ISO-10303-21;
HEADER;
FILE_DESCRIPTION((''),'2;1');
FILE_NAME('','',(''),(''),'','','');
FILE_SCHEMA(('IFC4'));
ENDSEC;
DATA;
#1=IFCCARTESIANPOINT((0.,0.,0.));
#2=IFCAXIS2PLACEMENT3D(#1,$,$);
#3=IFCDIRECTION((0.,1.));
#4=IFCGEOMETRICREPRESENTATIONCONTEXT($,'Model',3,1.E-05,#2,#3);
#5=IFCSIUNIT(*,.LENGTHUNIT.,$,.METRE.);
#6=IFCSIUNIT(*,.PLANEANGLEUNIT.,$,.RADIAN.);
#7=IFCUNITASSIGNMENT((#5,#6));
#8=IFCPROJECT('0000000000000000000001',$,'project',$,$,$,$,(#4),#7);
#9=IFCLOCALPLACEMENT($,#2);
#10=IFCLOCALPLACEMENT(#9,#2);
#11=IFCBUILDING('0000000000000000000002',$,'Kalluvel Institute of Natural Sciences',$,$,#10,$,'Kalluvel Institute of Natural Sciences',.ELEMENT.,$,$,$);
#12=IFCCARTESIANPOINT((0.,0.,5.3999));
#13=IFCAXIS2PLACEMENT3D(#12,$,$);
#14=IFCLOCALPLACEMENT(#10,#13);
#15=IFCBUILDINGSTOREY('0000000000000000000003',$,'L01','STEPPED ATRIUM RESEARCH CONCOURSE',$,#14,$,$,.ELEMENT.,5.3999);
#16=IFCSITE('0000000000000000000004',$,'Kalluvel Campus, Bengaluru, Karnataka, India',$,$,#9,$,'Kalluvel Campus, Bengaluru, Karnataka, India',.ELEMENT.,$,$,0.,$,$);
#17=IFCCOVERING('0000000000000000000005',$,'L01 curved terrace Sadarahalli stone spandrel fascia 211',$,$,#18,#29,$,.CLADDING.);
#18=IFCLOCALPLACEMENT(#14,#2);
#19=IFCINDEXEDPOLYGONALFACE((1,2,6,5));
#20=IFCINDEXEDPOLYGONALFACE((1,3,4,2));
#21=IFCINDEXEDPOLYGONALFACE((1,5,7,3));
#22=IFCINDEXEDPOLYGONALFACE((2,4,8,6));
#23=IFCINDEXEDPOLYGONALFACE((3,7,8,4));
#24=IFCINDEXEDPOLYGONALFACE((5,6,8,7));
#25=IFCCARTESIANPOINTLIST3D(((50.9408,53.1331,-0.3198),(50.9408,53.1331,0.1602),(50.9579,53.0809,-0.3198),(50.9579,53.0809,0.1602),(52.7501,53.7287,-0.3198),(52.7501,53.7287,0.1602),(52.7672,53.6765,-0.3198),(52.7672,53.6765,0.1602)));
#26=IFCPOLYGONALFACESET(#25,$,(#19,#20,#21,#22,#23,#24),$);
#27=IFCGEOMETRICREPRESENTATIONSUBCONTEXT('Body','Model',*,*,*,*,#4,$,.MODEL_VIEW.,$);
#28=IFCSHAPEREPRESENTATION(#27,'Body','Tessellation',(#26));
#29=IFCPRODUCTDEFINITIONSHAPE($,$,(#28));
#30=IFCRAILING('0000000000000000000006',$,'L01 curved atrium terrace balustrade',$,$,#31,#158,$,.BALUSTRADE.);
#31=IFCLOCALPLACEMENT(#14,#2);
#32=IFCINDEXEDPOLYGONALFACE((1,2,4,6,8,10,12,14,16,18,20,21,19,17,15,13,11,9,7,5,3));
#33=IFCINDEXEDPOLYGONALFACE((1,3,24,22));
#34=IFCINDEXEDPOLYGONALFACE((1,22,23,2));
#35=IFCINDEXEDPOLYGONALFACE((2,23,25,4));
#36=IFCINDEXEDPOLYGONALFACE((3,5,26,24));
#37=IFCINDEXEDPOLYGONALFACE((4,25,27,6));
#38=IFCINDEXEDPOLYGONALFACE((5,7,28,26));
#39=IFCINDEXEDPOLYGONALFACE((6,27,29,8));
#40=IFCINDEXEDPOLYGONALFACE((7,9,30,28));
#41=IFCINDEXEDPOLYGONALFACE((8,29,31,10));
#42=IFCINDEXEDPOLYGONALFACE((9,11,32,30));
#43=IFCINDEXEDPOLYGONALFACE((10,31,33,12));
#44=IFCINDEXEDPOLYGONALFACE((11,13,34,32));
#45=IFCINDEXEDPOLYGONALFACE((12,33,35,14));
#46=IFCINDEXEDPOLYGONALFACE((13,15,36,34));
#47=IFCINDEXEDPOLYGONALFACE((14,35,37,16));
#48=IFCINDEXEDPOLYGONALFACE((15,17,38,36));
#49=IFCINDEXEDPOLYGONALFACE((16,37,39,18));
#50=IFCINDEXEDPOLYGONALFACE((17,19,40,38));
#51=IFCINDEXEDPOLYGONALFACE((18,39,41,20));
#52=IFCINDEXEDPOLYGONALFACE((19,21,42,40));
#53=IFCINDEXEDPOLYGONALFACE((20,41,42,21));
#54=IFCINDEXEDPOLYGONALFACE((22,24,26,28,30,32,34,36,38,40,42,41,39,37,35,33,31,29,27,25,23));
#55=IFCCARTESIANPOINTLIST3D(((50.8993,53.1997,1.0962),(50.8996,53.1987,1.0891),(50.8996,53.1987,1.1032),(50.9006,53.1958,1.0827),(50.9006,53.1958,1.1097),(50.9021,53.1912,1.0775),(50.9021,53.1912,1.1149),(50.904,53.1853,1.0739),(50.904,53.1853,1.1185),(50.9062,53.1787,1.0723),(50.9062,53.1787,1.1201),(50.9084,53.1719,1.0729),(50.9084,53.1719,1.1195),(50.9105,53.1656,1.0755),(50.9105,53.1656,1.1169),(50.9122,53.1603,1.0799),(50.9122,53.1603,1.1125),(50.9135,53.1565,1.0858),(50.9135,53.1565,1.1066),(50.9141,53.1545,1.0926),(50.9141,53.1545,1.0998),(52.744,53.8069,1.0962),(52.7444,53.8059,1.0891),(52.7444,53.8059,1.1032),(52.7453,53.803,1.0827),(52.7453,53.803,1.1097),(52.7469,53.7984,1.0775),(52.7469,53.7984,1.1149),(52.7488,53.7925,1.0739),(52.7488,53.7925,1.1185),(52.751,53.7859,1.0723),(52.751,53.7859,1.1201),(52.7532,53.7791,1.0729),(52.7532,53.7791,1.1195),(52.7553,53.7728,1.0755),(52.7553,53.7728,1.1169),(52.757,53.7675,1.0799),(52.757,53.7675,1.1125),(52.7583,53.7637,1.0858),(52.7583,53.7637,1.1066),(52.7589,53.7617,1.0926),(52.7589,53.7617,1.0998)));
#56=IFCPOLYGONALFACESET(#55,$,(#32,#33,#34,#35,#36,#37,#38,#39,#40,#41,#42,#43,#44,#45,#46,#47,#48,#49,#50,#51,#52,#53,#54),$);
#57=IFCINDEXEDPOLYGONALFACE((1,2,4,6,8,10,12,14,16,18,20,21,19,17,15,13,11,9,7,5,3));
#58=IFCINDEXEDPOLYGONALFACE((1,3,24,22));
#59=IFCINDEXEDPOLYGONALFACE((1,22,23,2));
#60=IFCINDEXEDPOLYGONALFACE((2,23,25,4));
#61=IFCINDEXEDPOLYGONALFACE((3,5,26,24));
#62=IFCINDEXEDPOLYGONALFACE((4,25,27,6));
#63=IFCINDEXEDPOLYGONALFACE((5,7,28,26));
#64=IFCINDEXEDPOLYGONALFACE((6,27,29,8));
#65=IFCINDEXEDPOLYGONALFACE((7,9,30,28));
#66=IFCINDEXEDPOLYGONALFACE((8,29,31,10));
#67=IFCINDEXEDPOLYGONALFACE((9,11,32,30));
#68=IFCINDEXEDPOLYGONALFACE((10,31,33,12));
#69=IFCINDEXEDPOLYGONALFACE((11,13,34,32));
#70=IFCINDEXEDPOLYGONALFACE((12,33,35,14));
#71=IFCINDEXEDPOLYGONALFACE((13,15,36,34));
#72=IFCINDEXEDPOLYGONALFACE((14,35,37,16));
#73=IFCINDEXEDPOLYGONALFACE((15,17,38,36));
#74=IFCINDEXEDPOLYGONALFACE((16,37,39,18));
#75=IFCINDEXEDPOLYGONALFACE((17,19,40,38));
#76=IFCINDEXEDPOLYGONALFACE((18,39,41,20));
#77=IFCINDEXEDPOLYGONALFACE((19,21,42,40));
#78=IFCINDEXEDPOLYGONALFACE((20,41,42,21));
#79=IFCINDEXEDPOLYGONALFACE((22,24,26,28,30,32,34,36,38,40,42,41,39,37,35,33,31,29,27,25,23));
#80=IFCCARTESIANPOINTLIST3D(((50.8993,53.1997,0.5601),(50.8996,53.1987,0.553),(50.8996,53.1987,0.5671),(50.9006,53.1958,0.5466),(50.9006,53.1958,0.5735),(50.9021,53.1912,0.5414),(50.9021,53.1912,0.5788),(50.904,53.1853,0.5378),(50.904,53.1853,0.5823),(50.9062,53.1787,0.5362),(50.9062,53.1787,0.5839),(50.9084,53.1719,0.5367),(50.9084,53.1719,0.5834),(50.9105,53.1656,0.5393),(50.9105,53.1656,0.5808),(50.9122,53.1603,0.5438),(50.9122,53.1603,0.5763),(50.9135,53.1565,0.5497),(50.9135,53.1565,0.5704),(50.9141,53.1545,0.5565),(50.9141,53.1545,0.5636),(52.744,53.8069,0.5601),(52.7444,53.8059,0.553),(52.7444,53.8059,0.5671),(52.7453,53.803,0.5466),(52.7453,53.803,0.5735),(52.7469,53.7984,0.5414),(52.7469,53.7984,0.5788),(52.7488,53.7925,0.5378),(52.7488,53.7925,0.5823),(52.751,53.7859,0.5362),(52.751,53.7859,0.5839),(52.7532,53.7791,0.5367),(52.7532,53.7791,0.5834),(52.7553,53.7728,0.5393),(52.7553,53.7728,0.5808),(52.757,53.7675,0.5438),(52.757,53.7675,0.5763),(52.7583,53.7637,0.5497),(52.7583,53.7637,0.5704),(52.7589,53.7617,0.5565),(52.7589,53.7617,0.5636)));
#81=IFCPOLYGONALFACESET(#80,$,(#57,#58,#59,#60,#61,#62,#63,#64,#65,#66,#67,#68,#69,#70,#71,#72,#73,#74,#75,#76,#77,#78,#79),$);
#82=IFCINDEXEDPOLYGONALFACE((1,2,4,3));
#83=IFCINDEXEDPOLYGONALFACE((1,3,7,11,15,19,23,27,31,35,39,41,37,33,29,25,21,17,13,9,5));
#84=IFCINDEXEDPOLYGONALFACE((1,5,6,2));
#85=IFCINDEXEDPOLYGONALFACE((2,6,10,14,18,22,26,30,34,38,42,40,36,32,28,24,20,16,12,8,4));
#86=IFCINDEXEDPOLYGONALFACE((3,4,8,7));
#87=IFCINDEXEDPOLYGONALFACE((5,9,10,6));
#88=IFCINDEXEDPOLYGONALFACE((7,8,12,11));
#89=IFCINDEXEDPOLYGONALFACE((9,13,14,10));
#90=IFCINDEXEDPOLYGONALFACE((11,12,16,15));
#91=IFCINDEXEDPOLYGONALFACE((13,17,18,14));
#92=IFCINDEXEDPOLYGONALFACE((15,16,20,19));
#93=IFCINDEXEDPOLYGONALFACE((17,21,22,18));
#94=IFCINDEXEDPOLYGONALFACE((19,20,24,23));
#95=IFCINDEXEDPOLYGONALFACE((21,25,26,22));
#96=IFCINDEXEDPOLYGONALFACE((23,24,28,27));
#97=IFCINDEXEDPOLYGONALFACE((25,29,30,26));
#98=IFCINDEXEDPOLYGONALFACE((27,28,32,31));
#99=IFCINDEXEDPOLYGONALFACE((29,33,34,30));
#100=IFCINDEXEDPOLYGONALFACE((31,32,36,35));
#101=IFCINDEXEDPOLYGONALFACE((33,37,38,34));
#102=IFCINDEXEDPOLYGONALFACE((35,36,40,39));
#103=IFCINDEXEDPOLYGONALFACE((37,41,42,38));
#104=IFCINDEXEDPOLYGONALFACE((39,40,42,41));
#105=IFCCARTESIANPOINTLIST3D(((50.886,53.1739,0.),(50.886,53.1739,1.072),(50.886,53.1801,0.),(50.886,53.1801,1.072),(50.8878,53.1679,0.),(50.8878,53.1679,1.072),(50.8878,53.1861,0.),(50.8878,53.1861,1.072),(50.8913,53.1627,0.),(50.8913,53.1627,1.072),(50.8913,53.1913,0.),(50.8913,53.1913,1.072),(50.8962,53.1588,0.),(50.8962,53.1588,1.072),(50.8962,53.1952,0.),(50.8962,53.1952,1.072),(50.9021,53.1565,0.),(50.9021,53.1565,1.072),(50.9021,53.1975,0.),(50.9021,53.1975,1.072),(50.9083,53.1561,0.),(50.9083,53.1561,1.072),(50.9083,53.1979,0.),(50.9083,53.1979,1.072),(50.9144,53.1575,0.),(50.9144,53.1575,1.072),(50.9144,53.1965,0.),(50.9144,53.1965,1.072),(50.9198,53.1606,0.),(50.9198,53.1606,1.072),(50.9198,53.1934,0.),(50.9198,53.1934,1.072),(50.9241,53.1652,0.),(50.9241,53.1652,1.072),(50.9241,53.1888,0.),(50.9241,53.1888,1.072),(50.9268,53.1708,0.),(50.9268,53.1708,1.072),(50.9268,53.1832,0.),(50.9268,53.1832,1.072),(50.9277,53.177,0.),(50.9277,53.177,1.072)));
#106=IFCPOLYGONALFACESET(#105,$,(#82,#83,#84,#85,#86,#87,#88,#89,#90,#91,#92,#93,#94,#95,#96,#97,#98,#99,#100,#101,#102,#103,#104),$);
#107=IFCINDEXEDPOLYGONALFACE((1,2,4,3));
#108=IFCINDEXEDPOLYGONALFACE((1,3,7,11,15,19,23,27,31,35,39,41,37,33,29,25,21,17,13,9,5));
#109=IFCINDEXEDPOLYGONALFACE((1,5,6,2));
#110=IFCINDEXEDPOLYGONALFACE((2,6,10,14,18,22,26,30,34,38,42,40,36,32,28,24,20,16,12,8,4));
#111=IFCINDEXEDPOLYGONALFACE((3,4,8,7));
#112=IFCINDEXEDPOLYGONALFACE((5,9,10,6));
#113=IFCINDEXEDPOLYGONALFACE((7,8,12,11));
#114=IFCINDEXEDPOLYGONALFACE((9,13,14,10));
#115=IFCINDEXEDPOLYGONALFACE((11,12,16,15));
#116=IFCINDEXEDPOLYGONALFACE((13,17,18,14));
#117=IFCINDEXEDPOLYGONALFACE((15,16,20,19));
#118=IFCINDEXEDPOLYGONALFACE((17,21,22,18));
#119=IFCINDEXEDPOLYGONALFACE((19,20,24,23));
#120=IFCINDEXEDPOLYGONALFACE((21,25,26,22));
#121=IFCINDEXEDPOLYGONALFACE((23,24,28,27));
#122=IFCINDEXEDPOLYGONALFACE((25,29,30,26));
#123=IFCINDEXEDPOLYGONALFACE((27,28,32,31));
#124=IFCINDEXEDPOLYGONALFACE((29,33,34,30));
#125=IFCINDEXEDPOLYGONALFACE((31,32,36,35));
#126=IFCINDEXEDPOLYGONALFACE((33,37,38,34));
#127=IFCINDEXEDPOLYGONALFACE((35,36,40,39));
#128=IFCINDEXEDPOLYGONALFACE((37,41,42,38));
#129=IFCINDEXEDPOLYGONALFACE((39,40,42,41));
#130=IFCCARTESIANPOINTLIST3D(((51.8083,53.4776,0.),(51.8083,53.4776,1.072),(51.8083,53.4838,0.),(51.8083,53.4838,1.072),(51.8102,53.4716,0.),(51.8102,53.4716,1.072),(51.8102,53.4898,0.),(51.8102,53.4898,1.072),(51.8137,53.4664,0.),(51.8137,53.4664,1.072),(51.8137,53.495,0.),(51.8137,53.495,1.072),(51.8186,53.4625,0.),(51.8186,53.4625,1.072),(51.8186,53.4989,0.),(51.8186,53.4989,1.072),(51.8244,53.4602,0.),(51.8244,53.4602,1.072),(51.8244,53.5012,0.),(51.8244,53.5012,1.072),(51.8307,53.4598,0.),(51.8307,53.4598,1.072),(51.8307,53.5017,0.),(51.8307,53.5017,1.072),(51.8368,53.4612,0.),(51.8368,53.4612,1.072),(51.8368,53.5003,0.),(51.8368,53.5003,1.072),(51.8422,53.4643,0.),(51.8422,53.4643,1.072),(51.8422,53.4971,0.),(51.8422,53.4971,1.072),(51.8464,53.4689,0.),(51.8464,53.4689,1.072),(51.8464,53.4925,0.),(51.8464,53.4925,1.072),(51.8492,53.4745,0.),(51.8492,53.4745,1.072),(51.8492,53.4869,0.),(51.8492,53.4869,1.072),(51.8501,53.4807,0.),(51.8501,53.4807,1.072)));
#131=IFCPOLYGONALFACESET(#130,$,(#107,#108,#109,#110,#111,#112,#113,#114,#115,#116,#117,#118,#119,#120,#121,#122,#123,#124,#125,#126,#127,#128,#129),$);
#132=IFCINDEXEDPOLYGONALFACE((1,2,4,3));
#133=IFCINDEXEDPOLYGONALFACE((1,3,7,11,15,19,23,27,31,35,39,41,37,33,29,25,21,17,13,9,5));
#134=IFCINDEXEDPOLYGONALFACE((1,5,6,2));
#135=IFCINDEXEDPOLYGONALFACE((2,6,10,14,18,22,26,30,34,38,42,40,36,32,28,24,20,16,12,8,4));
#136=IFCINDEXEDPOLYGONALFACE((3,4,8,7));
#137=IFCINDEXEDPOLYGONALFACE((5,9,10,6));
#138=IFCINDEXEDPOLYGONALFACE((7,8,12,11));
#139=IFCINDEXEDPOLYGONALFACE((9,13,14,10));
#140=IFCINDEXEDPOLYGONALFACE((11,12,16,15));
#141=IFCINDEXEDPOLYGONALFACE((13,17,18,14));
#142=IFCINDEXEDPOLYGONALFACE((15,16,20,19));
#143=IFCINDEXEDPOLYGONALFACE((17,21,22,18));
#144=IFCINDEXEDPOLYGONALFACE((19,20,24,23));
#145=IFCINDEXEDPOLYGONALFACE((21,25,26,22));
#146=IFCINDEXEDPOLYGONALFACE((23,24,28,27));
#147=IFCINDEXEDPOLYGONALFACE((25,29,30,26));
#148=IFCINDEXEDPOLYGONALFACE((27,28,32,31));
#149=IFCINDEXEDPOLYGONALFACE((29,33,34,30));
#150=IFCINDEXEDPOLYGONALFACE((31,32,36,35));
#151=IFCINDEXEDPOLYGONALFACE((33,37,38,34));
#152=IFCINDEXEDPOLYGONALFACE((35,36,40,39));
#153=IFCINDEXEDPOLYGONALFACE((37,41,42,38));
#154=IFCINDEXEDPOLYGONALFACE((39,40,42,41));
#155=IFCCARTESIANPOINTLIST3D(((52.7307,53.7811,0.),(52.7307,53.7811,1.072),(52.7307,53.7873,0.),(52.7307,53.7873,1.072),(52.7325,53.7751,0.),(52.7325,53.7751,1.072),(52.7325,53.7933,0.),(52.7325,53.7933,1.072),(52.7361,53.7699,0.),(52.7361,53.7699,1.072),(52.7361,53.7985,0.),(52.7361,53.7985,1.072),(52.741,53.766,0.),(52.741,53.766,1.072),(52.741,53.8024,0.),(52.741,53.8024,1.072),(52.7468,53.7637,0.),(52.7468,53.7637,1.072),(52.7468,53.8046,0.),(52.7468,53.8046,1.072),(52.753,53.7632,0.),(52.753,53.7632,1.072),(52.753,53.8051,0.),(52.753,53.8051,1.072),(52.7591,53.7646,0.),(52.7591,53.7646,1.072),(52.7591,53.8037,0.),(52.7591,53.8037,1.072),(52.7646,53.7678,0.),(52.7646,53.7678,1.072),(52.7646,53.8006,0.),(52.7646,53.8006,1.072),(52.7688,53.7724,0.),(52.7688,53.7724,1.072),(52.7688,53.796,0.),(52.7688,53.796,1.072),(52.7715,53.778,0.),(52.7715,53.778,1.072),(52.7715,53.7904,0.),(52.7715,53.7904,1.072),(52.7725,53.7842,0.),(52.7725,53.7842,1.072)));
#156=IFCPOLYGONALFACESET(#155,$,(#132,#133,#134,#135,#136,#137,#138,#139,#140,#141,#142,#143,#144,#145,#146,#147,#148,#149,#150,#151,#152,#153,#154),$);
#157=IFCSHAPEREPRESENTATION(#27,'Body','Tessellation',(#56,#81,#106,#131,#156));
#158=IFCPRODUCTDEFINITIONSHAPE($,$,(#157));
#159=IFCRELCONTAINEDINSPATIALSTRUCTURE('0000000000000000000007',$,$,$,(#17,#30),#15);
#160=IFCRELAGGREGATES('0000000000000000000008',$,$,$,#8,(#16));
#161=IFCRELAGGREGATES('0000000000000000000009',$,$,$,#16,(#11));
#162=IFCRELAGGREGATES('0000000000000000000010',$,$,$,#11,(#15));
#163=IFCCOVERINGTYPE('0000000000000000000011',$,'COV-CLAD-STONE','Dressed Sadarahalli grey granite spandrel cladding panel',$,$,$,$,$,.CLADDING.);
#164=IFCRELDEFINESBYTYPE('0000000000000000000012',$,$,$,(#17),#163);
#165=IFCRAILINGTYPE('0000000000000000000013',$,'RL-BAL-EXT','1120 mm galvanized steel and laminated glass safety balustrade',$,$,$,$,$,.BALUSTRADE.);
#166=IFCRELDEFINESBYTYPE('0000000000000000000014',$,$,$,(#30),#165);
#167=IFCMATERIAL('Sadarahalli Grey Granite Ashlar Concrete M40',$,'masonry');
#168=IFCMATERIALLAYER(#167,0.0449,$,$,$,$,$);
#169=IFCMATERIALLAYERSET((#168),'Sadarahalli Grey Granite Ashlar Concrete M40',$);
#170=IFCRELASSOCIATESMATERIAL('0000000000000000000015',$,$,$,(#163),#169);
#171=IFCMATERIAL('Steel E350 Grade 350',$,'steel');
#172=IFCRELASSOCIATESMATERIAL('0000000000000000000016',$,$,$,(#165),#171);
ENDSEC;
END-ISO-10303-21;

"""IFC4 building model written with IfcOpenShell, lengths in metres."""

from ifc_helpers import new_model, si_unit, direction, frame, origin, origin_2d, place, context, subcontext, project, spatial, rectangle, circle, extrude, material, layer, layer_set, type_object, element, save


model = new_model("IFC4")

# Units and contexts
model_context = context("Model", 3, precision=1e-05, world=origin(), true_north=direction((0.0, 1.0)))
body_context = subcontext(model_context, "Body", "Model", "MODEL_VIEW")
ifc_project = project(units=[si_unit("LENGTHUNIT", "METRE"), si_unit("PLANEANGLEUNIT", "RADIAN")], contexts=[model_context])

# Site, building, storey
site_placement = place(None, origin())
site = spatial("IfcSite", under=ifc_project, at=site_placement, Name="Kalluvel Campus, Bengaluru, Karnataka, India", LongName="Kalluvel Campus, Bengaluru, Karnataka, India", CompositionType="ELEMENT", RefElevation=0.0)
building_placement = place(site_placement, origin())
building = spatial("IfcBuilding", under=site, at=building_placement, Name="Kalluvel Institute of Natural Sciences", LongName="Kalluvel Institute of Natural Sciences", CompositionType="ELEMENT")
storey_placement = place(building_placement, frame((0.0, 0.0, 5.3999)))
storey = spatial("IfcBuildingStorey", under=building, at=storey_placement, Name="L01", Description="STEPPED ATRIUM RESEARCH CONCOURSE", CompositionType="ELEMENT", Elevation=5.3999)

# Covering
ifc_material_1 = material(Name="Sadarahalli Grey Granite Ashlar Concrete M40", Category="masonry")
ifc_layer_1 = layer(ifc_material_1, 0.0449)
ifc_layer_set_1 = layer_set([ifc_layer_1], Name="Sadarahalli Grey Granite Ashlar Concrete M40")
covering_type = type_object("IfcCoveringType", Name="COV-CLAD-STONE", Description="Dressed Sadarahalli grey granite spandrel cladding panel", PredefinedType="CLADDING", material=ifc_layer_set_1)
covering_placement = place(storey_placement, frame((51.854, 53.4048, -0.3198), z_axis=(0.0, 0.0, 1.0), x_axis=(0.949863, 0.312667, 0.0)))
element("IfcCovering", 1, at=covering_placement, inside=storey, type_object=covering_type, Name="L01 curved terrace Sadarahalli stone spandrel fascia 211", PredefinedType="CLADDING", context=body_context, shape_type="SweptSolid", body=[
    extrude(rectangle(XDim=1.9048, YDim=0.0549, at=origin_2d()), origin(), (0.0, 0.0, 1.0), 0.48),
])

# Railing
ifc_material_2 = material(Name="Steel E350 Grade 350", Category="steel")
railing_type = type_object("IfcRailingType", Name="RL-BAL-EXT", Description="1120 mm galvanized steel and laminated glass safety balustrade", PredefinedType="BALUSTRADE", material=ifc_material_2)
railing_placement = place(storey_placement, frame((50.9067, 53.177, 0.0)))
element("IfcRailing", 2, at=railing_placement, inside=storey, type_object=railing_type, Name="L01 curved atrium terrace balustrade", PredefinedType="BALUSTRADE", context=body_context, shape_type="SweptSolid", body=[
    extrude(circle(Radius=0.0239, at=origin_2d()), frame((0.0, 0.0, 1.0962), z_axis=(0.949871, 0.312643, 0.0), x_axis=(-0.312643, 0.949871, 0.0)), (0.0, 0.0, 1.0), 1.9421),
    extrude(circle(Radius=0.0239, at=origin_2d()), frame((0.0, 0.0, 0.5601), z_axis=(0.949871, 0.312643, 0.0), x_axis=(-0.312643, 0.949871, 0.0)), (0.0, 0.0, 1.0), 1.9421),
    extrude(circle(Radius=0.021, at=origin_2d()), origin(), (0.0, 0.0, 1.0), 1.072),
    extrude(circle(Radius=0.021, at=origin_2d()), frame((0.9224, 0.3037, 0.0)), (0.0, 0.0, 1.0), 1.072),
    extrude(circle(Radius=0.021, at=origin_2d()), frame((1.8447, 0.6072, 0.0)), (0.0, 0.0, 1.0), 1.072),
])

save(model, "model.ifc")
